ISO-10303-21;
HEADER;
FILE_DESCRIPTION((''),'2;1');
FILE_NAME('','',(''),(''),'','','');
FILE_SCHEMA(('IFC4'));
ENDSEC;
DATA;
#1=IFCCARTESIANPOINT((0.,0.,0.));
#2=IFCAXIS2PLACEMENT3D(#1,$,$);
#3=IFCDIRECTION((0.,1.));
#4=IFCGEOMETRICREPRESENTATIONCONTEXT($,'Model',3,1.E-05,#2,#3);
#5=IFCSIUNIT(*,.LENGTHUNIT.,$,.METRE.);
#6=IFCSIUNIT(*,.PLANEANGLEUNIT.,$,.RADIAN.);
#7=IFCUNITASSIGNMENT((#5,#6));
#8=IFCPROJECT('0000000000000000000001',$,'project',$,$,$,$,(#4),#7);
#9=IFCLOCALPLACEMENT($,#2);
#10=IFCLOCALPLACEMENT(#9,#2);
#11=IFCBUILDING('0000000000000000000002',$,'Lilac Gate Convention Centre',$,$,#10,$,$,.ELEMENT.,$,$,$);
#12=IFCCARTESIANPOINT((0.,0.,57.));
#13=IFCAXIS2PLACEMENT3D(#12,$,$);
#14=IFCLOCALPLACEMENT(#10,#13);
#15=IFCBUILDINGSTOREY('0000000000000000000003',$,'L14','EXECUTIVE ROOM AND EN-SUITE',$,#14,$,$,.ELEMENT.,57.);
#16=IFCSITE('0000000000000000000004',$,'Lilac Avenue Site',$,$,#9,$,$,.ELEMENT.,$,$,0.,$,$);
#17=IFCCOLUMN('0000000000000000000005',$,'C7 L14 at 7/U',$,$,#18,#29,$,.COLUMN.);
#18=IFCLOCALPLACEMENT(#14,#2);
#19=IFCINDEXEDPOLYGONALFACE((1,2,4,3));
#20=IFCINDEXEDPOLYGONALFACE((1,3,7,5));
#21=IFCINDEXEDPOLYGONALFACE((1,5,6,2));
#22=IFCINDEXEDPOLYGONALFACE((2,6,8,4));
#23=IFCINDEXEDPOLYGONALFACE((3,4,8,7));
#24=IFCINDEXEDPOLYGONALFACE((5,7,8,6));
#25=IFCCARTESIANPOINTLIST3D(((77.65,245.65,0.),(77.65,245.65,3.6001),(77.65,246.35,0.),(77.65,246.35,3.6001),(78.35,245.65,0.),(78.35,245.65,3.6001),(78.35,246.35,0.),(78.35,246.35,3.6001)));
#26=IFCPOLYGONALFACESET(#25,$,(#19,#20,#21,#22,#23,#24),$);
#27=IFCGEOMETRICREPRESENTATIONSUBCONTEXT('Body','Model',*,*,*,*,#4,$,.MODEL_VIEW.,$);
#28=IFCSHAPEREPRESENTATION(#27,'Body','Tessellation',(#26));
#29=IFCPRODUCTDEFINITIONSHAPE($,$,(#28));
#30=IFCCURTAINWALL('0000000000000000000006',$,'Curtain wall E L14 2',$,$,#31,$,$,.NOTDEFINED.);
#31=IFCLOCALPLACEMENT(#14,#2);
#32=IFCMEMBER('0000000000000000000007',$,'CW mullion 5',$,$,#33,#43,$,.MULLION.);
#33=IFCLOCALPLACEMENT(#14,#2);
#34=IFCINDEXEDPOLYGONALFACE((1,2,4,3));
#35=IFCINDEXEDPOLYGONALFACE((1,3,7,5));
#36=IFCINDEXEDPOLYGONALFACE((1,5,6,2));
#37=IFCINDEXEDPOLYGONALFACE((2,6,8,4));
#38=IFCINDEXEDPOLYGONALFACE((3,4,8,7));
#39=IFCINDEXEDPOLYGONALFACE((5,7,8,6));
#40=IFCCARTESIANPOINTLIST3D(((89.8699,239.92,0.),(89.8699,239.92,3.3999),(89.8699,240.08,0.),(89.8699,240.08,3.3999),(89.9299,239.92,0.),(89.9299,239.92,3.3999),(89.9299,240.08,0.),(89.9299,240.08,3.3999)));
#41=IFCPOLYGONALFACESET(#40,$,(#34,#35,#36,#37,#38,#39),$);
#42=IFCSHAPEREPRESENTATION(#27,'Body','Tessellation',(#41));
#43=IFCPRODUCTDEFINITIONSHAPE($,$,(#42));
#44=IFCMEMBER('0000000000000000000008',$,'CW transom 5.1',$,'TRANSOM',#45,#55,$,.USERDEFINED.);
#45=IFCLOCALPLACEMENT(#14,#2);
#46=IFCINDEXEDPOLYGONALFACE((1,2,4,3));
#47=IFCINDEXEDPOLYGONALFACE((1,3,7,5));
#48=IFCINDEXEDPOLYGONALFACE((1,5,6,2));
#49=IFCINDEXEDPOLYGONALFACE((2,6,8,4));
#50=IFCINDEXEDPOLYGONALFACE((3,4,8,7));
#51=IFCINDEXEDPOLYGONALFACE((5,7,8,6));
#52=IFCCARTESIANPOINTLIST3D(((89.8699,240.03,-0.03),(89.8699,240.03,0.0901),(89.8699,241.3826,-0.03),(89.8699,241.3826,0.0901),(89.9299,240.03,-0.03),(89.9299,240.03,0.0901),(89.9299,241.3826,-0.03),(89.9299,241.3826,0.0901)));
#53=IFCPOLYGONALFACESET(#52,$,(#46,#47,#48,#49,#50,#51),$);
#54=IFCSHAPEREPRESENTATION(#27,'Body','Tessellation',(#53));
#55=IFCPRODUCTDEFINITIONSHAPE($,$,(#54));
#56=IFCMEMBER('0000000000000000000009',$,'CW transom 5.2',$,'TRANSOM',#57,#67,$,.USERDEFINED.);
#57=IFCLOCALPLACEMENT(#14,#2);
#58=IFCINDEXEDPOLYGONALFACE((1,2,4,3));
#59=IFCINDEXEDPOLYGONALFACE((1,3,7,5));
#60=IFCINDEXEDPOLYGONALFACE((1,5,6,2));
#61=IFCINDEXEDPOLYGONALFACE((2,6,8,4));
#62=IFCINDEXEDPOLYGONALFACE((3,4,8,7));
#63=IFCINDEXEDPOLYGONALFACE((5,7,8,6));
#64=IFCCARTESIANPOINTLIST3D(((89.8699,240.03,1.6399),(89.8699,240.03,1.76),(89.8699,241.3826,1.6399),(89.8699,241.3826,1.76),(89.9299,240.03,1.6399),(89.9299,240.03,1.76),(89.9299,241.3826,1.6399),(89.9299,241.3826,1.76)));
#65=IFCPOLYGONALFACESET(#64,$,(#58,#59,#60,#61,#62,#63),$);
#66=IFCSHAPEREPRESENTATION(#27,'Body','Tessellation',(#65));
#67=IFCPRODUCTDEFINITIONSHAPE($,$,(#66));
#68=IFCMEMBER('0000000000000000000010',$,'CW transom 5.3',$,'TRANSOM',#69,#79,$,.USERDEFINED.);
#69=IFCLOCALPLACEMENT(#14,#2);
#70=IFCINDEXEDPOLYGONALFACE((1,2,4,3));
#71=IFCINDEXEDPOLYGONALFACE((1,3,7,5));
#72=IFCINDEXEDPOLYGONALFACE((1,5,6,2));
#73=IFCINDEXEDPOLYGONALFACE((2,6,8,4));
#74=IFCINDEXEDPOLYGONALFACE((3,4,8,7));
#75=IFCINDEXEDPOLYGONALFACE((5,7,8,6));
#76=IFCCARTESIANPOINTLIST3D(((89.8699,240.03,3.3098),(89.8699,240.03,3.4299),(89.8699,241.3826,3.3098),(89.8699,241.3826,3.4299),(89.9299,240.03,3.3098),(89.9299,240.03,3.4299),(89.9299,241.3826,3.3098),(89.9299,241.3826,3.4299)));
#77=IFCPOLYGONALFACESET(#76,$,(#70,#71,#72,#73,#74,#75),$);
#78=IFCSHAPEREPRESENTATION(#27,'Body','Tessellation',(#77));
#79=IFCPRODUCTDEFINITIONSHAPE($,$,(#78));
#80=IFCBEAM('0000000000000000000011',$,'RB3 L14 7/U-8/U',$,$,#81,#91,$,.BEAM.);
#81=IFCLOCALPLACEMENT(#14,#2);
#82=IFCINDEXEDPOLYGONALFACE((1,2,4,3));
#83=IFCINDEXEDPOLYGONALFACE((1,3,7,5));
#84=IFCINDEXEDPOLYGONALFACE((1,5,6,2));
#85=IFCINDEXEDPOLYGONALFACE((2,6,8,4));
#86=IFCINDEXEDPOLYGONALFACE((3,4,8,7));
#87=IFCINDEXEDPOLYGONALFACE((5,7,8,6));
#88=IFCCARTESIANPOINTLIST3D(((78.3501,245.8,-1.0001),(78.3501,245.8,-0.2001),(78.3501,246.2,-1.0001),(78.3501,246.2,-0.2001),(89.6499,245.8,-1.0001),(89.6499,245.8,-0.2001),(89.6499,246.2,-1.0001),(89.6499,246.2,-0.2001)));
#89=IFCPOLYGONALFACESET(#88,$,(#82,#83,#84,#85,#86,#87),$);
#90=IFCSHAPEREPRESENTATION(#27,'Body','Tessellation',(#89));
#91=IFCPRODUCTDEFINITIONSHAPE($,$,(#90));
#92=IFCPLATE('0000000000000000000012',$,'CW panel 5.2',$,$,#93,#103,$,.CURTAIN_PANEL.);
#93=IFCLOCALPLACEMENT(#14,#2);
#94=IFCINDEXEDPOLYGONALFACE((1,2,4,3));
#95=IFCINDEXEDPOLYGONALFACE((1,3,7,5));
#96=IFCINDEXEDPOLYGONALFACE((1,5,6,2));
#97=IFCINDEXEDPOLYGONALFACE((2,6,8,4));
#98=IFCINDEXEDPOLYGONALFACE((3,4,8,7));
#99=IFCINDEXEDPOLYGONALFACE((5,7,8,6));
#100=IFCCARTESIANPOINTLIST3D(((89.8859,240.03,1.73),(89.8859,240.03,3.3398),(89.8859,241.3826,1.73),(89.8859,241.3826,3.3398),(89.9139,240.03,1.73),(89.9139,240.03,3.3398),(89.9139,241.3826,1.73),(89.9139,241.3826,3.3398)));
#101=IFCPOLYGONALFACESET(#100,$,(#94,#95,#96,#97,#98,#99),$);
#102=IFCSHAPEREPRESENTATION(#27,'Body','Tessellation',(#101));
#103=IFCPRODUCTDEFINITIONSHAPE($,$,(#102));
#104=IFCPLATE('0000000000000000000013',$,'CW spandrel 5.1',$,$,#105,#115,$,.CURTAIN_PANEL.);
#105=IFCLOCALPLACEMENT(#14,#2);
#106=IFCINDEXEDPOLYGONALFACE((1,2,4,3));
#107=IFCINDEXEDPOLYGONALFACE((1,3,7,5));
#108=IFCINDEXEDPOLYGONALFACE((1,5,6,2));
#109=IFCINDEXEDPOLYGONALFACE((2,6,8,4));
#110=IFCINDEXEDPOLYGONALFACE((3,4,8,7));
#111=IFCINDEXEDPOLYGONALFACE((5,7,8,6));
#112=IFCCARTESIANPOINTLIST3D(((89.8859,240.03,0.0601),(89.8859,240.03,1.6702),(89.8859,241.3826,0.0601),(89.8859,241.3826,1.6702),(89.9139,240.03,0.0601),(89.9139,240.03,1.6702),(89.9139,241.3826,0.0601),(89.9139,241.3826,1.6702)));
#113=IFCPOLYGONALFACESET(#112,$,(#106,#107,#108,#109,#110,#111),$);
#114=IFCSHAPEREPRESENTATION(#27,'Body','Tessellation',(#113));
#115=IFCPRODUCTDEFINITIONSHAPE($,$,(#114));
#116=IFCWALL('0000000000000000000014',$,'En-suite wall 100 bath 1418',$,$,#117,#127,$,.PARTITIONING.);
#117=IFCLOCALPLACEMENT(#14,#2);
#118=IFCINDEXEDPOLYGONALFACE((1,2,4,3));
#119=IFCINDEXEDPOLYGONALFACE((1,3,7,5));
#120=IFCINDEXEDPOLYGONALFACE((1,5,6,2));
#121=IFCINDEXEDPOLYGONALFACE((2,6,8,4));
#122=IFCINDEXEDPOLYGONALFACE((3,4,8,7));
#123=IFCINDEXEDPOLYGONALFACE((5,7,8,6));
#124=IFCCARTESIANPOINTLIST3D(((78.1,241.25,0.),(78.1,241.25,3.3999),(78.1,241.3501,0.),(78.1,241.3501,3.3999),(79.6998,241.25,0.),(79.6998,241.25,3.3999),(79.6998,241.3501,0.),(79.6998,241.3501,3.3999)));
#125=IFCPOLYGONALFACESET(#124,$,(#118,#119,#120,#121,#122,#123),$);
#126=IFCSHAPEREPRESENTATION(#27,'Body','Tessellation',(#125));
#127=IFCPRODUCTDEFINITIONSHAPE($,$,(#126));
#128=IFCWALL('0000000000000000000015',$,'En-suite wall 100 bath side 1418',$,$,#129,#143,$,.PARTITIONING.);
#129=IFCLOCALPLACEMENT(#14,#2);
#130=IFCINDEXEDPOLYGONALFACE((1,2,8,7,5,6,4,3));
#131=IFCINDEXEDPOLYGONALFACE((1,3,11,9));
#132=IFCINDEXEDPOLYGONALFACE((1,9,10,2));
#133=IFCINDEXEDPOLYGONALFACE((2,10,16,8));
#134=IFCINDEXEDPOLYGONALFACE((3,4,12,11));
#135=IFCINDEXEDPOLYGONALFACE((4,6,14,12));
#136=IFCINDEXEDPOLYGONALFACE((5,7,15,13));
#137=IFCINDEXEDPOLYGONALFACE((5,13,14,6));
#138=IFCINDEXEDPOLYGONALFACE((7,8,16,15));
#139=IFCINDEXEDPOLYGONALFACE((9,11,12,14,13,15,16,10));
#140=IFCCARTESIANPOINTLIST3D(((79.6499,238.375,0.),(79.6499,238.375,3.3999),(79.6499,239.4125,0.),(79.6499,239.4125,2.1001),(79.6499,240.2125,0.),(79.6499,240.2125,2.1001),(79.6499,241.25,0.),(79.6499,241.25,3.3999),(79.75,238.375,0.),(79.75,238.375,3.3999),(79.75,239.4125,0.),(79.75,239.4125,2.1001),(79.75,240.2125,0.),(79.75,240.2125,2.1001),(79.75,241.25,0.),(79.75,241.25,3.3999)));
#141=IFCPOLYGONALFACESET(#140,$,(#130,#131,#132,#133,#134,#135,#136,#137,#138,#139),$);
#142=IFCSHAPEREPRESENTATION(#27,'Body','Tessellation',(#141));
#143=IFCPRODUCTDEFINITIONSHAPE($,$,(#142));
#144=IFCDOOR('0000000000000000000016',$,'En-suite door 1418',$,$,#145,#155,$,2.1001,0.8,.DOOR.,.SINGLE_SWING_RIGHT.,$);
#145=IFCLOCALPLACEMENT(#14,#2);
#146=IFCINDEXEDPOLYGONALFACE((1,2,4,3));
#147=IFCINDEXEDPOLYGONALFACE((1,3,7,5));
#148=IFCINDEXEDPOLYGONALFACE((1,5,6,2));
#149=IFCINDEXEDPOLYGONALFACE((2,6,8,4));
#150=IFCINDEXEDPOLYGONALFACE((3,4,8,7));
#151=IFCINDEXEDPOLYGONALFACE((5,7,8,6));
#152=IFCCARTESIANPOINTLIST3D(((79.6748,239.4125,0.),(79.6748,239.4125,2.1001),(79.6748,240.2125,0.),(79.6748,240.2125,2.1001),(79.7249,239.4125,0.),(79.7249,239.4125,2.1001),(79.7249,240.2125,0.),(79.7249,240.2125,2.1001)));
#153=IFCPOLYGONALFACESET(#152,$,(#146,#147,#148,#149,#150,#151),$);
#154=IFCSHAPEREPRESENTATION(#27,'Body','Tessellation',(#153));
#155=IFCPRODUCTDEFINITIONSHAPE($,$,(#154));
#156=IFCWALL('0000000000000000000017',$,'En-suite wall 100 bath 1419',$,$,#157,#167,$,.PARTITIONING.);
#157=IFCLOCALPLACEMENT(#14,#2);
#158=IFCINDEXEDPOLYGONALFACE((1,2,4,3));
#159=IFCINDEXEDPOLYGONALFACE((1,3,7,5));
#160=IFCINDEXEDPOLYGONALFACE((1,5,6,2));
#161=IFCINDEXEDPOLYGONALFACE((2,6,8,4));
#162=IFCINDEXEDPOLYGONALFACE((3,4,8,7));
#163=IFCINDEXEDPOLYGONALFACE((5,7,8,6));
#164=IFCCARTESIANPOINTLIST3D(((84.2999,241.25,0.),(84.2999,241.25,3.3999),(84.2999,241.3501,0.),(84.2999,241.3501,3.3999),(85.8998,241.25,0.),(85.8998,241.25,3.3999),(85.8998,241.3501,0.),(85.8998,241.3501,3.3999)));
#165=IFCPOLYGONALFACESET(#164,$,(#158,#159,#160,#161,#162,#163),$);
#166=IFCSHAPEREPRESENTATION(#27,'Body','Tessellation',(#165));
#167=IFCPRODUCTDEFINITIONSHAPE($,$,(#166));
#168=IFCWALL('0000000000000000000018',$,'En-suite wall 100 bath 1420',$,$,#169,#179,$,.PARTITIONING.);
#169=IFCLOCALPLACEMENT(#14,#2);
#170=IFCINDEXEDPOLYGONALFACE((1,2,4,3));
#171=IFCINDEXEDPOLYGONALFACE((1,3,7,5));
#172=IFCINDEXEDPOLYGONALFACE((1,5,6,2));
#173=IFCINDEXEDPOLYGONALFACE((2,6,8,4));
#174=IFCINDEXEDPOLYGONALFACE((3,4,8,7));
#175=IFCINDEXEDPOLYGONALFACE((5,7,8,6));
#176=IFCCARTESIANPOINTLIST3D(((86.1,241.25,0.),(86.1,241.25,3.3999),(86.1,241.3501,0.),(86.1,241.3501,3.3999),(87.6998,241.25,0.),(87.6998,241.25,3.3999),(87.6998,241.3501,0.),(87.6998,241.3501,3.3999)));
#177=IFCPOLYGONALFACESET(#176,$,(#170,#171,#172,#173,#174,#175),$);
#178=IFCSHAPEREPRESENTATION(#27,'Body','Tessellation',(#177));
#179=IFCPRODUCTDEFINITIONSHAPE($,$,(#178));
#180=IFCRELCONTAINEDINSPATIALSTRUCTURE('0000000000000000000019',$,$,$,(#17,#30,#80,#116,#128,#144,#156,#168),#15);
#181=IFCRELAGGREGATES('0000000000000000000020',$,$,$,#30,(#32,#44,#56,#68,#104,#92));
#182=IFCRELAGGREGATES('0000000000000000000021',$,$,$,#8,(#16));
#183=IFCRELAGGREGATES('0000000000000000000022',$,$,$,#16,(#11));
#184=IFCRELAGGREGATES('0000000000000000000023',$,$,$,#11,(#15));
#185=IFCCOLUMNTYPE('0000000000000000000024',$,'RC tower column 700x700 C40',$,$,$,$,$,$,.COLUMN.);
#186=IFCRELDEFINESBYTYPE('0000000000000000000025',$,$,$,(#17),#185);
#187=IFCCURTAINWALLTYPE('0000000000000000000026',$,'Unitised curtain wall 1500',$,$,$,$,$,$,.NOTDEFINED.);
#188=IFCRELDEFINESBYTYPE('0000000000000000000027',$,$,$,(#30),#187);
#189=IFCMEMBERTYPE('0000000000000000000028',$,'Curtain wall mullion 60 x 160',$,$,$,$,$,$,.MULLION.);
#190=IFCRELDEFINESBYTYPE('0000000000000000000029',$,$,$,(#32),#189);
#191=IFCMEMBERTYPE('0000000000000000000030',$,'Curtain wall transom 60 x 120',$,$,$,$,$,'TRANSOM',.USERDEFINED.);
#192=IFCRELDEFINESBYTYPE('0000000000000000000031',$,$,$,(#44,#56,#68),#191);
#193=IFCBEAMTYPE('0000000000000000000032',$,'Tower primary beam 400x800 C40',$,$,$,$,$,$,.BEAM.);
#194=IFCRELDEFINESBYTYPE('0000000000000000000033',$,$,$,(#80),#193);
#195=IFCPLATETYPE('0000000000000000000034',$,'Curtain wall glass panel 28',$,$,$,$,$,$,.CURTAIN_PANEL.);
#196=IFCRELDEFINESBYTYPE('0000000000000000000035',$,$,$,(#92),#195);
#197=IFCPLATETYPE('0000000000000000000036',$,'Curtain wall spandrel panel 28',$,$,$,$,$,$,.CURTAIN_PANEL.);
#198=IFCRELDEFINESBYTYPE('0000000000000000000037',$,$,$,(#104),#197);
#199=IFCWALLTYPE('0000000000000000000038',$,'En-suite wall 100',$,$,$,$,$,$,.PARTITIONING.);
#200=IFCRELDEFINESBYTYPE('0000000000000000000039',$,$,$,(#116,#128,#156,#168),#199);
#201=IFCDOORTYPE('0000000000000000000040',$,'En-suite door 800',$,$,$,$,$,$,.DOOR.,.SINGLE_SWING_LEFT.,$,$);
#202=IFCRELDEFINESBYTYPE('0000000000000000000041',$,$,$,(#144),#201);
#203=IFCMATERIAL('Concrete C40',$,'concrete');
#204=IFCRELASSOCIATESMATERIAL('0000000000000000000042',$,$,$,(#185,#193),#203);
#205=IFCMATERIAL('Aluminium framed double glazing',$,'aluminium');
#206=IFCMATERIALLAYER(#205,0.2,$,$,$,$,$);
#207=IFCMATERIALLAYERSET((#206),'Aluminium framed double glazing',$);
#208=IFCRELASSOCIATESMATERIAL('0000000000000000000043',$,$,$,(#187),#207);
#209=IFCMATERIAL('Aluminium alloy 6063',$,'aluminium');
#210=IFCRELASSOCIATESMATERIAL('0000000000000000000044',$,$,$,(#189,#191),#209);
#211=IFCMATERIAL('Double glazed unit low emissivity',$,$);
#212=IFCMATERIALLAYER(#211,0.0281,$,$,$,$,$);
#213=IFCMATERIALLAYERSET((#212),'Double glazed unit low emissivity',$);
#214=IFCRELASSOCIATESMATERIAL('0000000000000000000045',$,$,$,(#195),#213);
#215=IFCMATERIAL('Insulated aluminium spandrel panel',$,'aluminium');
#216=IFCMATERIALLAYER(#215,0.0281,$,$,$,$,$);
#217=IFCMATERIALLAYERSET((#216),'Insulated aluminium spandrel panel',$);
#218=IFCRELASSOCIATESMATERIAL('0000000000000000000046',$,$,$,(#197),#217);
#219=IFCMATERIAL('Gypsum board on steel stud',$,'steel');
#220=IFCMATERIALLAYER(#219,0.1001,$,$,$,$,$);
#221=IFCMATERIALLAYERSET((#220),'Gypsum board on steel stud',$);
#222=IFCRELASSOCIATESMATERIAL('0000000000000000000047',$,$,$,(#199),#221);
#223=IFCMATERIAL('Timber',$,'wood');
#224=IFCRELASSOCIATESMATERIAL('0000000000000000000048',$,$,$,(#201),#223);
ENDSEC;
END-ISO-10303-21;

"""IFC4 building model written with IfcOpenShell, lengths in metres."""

from ifc_helpers import new_model, si_unit, direction, frame, frame_2d, origin, origin_2d, place, context, subcontext, project, spatial, rectangle, extrude, material, layer, layer_set, material_profile, profile_set, type_object, element, fill, aggregate, save


model = new_model("IFC4")

# Units and contexts
model_context = context("Model", 3, precision=1e-05, world=origin(), true_north=direction((0.0, 1.0)))
body_context = subcontext(model_context, "Body", "Model", "MODEL_VIEW")
ifc_project = project(units=[si_unit("LENGTHUNIT", "METRE"), si_unit("PLANEANGLEUNIT", "RADIAN")], contexts=[model_context])

# Site, building, storey
site_placement = place(None, origin())
site = spatial("IfcSite", under=ifc_project, at=site_placement, Name="Lilac Avenue Site", CompositionType="ELEMENT", RefElevation=0.0)
building_placement = place(site_placement, origin())
building = spatial("IfcBuilding", under=site, at=building_placement, Name="Lilac Gate Convention Centre", CompositionType="ELEMENT")
storey_placement = place(building_placement, frame((0.0, 0.0, 57.0)))
storey = spatial("IfcBuildingStorey", under=building, at=storey_placement, Name="L14", Description="EXECUTIVE ROOM AND EN-SUITE", CompositionType="ELEMENT", Elevation=57.0)

# Column
ifc_material_1 = material(Name="Concrete C40", Category="concrete")
ifc_material_profile_1 = material_profile(ifc_material_1, rectangle(XDim=0.7, YDim=0.7, at=origin_2d()), Name="RC 700x700")
ifc_profile_set_1 = profile_set([ifc_material_profile_1], Name="Concrete C40")
column_type = type_object("IfcColumnType", Name="RC tower column 700x700 C40", PredefinedType="COLUMN", material=ifc_profile_set_1)
column_placement = place(storey_placement, frame((78.0, 246.0, 0.0), z_axis=(0.0, 0.0, 1.0), x_axis=(1.0, 0.0, 0.0)))
element("IfcColumn", 1, at=column_placement, inside=storey, type_object=column_type, Name="C7 L14 at 7/U", PredefinedType="COLUMN", context=body_context, shape_type="SweptSolid", body=[
    extrude(rectangle(XDim=0.7, YDim=0.7, at=origin_2d()), origin(), (0.0, 0.0, 1.0), 3.6001),
])

# Curtain wall, members
ifc_material_2 = material(Name="Aluminium framed double glazing", Category="aluminium")
ifc_layer_1 = layer(ifc_material_2, 0.2)
ifc_layer_set_1 = layer_set([ifc_layer_1], Name="Aluminium framed double glazing")
curtain_wall_type = type_object("IfcCurtainWallType", Name="Unitised curtain wall 1500", PredefinedType="NOTDEFINED", material=ifc_layer_set_1)
curtain_wall_placement = place(storey_placement, origin())
curtain_wall = element("IfcCurtainWall", 2, at=curtain_wall_placement, inside=storey, type_object=curtain_wall_type, Name="Curtain wall E L14 2", PredefinedType="NOTDEFINED")
ifc_material_3 = material(Name="Aluminium alloy 6063", Category="aluminium")
ifc_material_profile_2 = material_profile(ifc_material_3, rectangle(XDim=0.0601, YDim=0.1599, at=origin_2d()), Name="Curtain wall mullion 60 x 160")
ifc_profile_set_2 = profile_set([ifc_material_profile_2], Name="Aluminium alloy 6063")
member_type_1 = type_object("IfcMemberType", Name="Curtain wall mullion 60 x 160", PredefinedType="MULLION", material=ifc_profile_set_2)
member_1_placement = place(storey_placement, frame((89.8999, 240.0, 0.0), z_axis=(0.0, 0.0, 1.0), x_axis=(-1.0, 0.0, 0.0)))
member_1 = element("IfcMember", 3, at=member_1_placement, type_object=member_type_1, Name="CW mullion 5", PredefinedType="MULLION", context=body_context, shape_type="SweptSolid", body=[
    extrude(rectangle(XDim=0.0601, YDim=0.1599, at=origin_2d()), origin(), (0.0, 0.0, 1.0), 3.3999),
])
ifc_material_profile_3 = material_profile(ifc_material_3, rectangle(XDim=0.0601, YDim=0.1201, at=origin_2d()), Name="Curtain wall transom 60 x 120")
ifc_profile_set_3 = profile_set([ifc_material_profile_3], Name="Aluminium alloy 6063")
member_type_2 = type_object("IfcMemberType", Name="Curtain wall transom 60 x 120", ElementType="TRANSOM", PredefinedType="USERDEFINED", material=ifc_profile_set_3)
member_2_placement = place(storey_placement, frame((89.8999, 240.03, 0.03), z_axis=(0.0, 1.0, 0.0), x_axis=(-1.0, 0.0, 0.0)))
member_2 = element("IfcMember", 4, at=member_2_placement, type_object=member_type_2, Name="CW transom 5.1", ObjectType="TRANSOM", PredefinedType="USERDEFINED", context=body_context, shape_type="SweptSolid", body=[
    extrude(rectangle(XDim=0.0601, YDim=0.1201, at=origin_2d()), origin(), (0.0, 0.0, 1.0), 1.3525),
])
member_3_placement = place(storey_placement, frame((89.8999, 240.03, 1.7), z_axis=(0.0, 1.0, 0.0), x_axis=(-1.0, 0.0, 0.0)))
member_3 = element("IfcMember", 5, at=member_3_placement, type_object=member_type_2, Name="CW transom 5.2", ObjectType="TRANSOM", PredefinedType="USERDEFINED", context=body_context, shape_type="SweptSolid", body=[
    extrude(rectangle(XDim=0.0601, YDim=0.1201, at=origin_2d()), origin(), (0.0, 0.0, 1.0), 1.3525),
])
member_4_placement = place(storey_placement, frame((89.8999, 240.03, 3.3699), z_axis=(0.0, 1.0, 0.0), x_axis=(-1.0, 0.0, 0.0)))
member_4 = element("IfcMember", 6, at=member_4_placement, type_object=member_type_2, Name="CW transom 5.3", ObjectType="TRANSOM", PredefinedType="USERDEFINED", context=body_context, shape_type="SweptSolid", body=[
    extrude(rectangle(XDim=0.0601, YDim=0.1201, at=origin_2d()), origin(), (0.0, 0.0, 1.0), 1.3525),
])

# Beam
ifc_material_profile_4 = material_profile(ifc_material_1, rectangle(XDim=0.3999, YDim=0.8, at=origin_2d()), Name="RC 400x800")
ifc_profile_set_4 = profile_set([ifc_material_profile_4], Name="Concrete C40")
beam_type = type_object("IfcBeamType", Name="Tower primary beam 400x800 C40", PredefinedType="BEAM", material=ifc_profile_set_4)
beam_placement = place(storey_placement, frame((78.3501, 246.0, -0.6001), z_axis=(1.0, 0.0, 0.0), x_axis=(0.0, 1.0, 0.0)))
element("IfcBeam", 7, at=beam_placement, inside=storey, type_object=beam_type, Name="RB3 L14 7/U-8/U", PredefinedType="BEAM", context=body_context, shape_type="SweptSolid", body=[
    extrude(rectangle(XDim=0.3999, YDim=0.8, at=origin_2d()), origin(), (0.0, 0.0, 1.0), 11.2998),
])

# Plates
ifc_material_4 = material(Name="Double glazed unit low emissivity")
ifc_layer_2 = layer(ifc_material_4, 0.0281)
ifc_layer_set_2 = layer_set([ifc_layer_2], Name="Double glazed unit low emissivity")
plate_type_1 = type_object("IfcPlateType", Name="Curtain wall glass panel 28", PredefinedType="CURTAIN_PANEL", material=ifc_layer_set_2)
plate_1_placement = place(storey_placement, frame((89.8999, 240.7063, 1.73), z_axis=(0.0, 0.0, 1.0), x_axis=(0.0, 1.0, 0.0)))
plate_1 = element("IfcPlate", 8, at=plate_1_placement, type_object=plate_type_1, Name="CW panel 5.2", PredefinedType="CURTAIN_PANEL", context=body_context, shape_type="SweptSolid", body=[
    extrude(rectangle(XDim=1.3525, YDim=0.0281, at=origin_2d()), origin(), (0.0, 0.0, 1.0), 1.6099),
])
ifc_material_5 = material(Name="Insulated aluminium spandrel panel", Category="aluminium")
ifc_layer_3 = layer(ifc_material_5, 0.0281)
ifc_layer_set_3 = layer_set([ifc_layer_3], Name="Insulated aluminium spandrel panel")
plate_type_2 = type_object("IfcPlateType", Name="Curtain wall spandrel panel 28", PredefinedType="CURTAIN_PANEL", material=ifc_layer_set_3)
plate_2_placement = place(storey_placement, frame((89.8999, 240.7063, 0.0601), z_axis=(0.0, 0.0, 1.0), x_axis=(0.0, 1.0, 0.0)))
plate_2 = element("IfcPlate", 9, at=plate_2_placement, type_object=plate_type_2, Name="CW spandrel 5.1", PredefinedType="CURTAIN_PANEL", context=body_context, shape_type="SweptSolid", body=[
    extrude(rectangle(XDim=1.3525, YDim=0.0281, at=origin_2d()), origin(), (0.0, 0.0, 1.0), 1.6101),
])
aggregate(curtain_wall, [member_1, member_2, member_3, member_4, plate_2, plate_1])

# Wall
ifc_material_6 = material(Name="Gypsum board on steel stud", Category="steel")
ifc_layer_4 = layer(ifc_material_6, 0.1001)
ifc_layer_set_4 = layer_set([ifc_layer_4], Name="Gypsum board on steel stud")
wall_type_1 = type_object("IfcWallType", Name="En-suite wall 100", PredefinedType="PARTITIONING", material=ifc_layer_set_4)
wall_1_placement = place(storey_placement, frame((78.1001, 241.3, 0.0), z_axis=(0.0, 0.0, 1.0), x_axis=(1.0, 0.0, 0.0)))
element("IfcWall", 10, at=wall_1_placement, inside=storey, type_object=wall_type_1, Name="En-suite wall 100 bath 1418", PredefinedType="PARTITIONING", context=body_context, shape_type="SweptSolid", body=[
    extrude(rectangle(XDim=1.5999, YDim=0.1001, at=frame_2d((0.7998, 0.0))), origin(), (0.0, 0.0, 1.0), 3.3999),
])

# Wall, opening, door
wall_2_placement = place(storey_placement, frame((79.7, 241.25, 0.0), z_axis=(0.0, 0.0, 1.0), x_axis=(0.0, -1.0, 0.0)))
wall_2 = element("IfcWall", 11, at=wall_2_placement, inside=storey, type_object=wall_type_1, Name="En-suite wall 100 bath side 1418", PredefinedType="PARTITIONING", context=body_context, shape_type="SweptSolid", body=[
    extrude(rectangle(XDim=2.875, YDim=0.1001, at=frame_2d((1.4375, 0.0))), origin(), (0.0, 0.0, 1.0), 3.3999),
])
opening_1_placement = place(wall_2_placement, frame((1.0376, 0.0, 0.0)))
opening_1 = element("IfcOpeningElement", 12, at=opening_1_placement, cuts=wall_2, PredefinedType="OPENING", context=body_context, shape_type="SweptSolid", body=[
    extrude(rectangle(XDim=0.8, YDim=2.1001, at=frame_2d((0.3999, 1.05))), frame((0.0, 0.0601, 0.0), z_axis=(0.0, -1.0, 0.0), x_axis=(1.0, 0.0, 0.0)), (0.0, 0.0, 1.0), 0.1201),
])
ifc_material_7 = material(Name="Timber", Category="wood")
door_type = type_object("IfcDoorType", Name="En-suite door 800", OperationType="SINGLE_SWING_LEFT", PredefinedType="DOOR", material=ifc_material_7)
door_1_placement = place(opening_1_placement, origin())
door_1 = element("IfcDoor", 13, at=door_1_placement, inside=storey, type_object=door_type, Name="En-suite door 1418", OperationType="SINGLE_SWING_RIGHT", OverallHeight=2.1001, OverallWidth=0.8, PredefinedType="DOOR", context=body_context, shape_type="SweptSolid", body=[
    extrude(rectangle(XDim=0.8, YDim=2.1001, at=frame_2d((0.3999, 1.05))), frame((0.0, 0.0249, 0.0), z_axis=(0.0, -1.0, 0.0), x_axis=(1.0, 0.0, 0.0)), (0.0, 0.0, 1.0), 0.05),
])
fill(opening_1, door_1)

# Walls
for number, where, z_axis, x_axis, name in (
    (14, (84.3, 241.3, 0.0), (0.0, 0.0, 1.0), (1.0, 0.0, 0.0), "En-suite wall 100 bath 1419"),
    (15, (86.1001, 241.3, 0.0), (0.0, 0.0, 1.0), (1.0, 0.0, 0.0), "En-suite wall 100 bath 1420"),
):
    element("IfcWall", number, at=place(storey_placement, frame(where, z_axis=z_axis, x_axis=x_axis)), inside=storey, type_object=wall_type_1, Name=name, PredefinedType="PARTITIONING", context=body_context, shape_type="SweptSolid", body=[
        extrude(rectangle(XDim=1.5999, YDim=0.1001, at=frame_2d((0.7998, 0.0))), origin(), (0.0, 0.0, 1.0), 3.3999),
    ])

save(model, "model.ifc")
